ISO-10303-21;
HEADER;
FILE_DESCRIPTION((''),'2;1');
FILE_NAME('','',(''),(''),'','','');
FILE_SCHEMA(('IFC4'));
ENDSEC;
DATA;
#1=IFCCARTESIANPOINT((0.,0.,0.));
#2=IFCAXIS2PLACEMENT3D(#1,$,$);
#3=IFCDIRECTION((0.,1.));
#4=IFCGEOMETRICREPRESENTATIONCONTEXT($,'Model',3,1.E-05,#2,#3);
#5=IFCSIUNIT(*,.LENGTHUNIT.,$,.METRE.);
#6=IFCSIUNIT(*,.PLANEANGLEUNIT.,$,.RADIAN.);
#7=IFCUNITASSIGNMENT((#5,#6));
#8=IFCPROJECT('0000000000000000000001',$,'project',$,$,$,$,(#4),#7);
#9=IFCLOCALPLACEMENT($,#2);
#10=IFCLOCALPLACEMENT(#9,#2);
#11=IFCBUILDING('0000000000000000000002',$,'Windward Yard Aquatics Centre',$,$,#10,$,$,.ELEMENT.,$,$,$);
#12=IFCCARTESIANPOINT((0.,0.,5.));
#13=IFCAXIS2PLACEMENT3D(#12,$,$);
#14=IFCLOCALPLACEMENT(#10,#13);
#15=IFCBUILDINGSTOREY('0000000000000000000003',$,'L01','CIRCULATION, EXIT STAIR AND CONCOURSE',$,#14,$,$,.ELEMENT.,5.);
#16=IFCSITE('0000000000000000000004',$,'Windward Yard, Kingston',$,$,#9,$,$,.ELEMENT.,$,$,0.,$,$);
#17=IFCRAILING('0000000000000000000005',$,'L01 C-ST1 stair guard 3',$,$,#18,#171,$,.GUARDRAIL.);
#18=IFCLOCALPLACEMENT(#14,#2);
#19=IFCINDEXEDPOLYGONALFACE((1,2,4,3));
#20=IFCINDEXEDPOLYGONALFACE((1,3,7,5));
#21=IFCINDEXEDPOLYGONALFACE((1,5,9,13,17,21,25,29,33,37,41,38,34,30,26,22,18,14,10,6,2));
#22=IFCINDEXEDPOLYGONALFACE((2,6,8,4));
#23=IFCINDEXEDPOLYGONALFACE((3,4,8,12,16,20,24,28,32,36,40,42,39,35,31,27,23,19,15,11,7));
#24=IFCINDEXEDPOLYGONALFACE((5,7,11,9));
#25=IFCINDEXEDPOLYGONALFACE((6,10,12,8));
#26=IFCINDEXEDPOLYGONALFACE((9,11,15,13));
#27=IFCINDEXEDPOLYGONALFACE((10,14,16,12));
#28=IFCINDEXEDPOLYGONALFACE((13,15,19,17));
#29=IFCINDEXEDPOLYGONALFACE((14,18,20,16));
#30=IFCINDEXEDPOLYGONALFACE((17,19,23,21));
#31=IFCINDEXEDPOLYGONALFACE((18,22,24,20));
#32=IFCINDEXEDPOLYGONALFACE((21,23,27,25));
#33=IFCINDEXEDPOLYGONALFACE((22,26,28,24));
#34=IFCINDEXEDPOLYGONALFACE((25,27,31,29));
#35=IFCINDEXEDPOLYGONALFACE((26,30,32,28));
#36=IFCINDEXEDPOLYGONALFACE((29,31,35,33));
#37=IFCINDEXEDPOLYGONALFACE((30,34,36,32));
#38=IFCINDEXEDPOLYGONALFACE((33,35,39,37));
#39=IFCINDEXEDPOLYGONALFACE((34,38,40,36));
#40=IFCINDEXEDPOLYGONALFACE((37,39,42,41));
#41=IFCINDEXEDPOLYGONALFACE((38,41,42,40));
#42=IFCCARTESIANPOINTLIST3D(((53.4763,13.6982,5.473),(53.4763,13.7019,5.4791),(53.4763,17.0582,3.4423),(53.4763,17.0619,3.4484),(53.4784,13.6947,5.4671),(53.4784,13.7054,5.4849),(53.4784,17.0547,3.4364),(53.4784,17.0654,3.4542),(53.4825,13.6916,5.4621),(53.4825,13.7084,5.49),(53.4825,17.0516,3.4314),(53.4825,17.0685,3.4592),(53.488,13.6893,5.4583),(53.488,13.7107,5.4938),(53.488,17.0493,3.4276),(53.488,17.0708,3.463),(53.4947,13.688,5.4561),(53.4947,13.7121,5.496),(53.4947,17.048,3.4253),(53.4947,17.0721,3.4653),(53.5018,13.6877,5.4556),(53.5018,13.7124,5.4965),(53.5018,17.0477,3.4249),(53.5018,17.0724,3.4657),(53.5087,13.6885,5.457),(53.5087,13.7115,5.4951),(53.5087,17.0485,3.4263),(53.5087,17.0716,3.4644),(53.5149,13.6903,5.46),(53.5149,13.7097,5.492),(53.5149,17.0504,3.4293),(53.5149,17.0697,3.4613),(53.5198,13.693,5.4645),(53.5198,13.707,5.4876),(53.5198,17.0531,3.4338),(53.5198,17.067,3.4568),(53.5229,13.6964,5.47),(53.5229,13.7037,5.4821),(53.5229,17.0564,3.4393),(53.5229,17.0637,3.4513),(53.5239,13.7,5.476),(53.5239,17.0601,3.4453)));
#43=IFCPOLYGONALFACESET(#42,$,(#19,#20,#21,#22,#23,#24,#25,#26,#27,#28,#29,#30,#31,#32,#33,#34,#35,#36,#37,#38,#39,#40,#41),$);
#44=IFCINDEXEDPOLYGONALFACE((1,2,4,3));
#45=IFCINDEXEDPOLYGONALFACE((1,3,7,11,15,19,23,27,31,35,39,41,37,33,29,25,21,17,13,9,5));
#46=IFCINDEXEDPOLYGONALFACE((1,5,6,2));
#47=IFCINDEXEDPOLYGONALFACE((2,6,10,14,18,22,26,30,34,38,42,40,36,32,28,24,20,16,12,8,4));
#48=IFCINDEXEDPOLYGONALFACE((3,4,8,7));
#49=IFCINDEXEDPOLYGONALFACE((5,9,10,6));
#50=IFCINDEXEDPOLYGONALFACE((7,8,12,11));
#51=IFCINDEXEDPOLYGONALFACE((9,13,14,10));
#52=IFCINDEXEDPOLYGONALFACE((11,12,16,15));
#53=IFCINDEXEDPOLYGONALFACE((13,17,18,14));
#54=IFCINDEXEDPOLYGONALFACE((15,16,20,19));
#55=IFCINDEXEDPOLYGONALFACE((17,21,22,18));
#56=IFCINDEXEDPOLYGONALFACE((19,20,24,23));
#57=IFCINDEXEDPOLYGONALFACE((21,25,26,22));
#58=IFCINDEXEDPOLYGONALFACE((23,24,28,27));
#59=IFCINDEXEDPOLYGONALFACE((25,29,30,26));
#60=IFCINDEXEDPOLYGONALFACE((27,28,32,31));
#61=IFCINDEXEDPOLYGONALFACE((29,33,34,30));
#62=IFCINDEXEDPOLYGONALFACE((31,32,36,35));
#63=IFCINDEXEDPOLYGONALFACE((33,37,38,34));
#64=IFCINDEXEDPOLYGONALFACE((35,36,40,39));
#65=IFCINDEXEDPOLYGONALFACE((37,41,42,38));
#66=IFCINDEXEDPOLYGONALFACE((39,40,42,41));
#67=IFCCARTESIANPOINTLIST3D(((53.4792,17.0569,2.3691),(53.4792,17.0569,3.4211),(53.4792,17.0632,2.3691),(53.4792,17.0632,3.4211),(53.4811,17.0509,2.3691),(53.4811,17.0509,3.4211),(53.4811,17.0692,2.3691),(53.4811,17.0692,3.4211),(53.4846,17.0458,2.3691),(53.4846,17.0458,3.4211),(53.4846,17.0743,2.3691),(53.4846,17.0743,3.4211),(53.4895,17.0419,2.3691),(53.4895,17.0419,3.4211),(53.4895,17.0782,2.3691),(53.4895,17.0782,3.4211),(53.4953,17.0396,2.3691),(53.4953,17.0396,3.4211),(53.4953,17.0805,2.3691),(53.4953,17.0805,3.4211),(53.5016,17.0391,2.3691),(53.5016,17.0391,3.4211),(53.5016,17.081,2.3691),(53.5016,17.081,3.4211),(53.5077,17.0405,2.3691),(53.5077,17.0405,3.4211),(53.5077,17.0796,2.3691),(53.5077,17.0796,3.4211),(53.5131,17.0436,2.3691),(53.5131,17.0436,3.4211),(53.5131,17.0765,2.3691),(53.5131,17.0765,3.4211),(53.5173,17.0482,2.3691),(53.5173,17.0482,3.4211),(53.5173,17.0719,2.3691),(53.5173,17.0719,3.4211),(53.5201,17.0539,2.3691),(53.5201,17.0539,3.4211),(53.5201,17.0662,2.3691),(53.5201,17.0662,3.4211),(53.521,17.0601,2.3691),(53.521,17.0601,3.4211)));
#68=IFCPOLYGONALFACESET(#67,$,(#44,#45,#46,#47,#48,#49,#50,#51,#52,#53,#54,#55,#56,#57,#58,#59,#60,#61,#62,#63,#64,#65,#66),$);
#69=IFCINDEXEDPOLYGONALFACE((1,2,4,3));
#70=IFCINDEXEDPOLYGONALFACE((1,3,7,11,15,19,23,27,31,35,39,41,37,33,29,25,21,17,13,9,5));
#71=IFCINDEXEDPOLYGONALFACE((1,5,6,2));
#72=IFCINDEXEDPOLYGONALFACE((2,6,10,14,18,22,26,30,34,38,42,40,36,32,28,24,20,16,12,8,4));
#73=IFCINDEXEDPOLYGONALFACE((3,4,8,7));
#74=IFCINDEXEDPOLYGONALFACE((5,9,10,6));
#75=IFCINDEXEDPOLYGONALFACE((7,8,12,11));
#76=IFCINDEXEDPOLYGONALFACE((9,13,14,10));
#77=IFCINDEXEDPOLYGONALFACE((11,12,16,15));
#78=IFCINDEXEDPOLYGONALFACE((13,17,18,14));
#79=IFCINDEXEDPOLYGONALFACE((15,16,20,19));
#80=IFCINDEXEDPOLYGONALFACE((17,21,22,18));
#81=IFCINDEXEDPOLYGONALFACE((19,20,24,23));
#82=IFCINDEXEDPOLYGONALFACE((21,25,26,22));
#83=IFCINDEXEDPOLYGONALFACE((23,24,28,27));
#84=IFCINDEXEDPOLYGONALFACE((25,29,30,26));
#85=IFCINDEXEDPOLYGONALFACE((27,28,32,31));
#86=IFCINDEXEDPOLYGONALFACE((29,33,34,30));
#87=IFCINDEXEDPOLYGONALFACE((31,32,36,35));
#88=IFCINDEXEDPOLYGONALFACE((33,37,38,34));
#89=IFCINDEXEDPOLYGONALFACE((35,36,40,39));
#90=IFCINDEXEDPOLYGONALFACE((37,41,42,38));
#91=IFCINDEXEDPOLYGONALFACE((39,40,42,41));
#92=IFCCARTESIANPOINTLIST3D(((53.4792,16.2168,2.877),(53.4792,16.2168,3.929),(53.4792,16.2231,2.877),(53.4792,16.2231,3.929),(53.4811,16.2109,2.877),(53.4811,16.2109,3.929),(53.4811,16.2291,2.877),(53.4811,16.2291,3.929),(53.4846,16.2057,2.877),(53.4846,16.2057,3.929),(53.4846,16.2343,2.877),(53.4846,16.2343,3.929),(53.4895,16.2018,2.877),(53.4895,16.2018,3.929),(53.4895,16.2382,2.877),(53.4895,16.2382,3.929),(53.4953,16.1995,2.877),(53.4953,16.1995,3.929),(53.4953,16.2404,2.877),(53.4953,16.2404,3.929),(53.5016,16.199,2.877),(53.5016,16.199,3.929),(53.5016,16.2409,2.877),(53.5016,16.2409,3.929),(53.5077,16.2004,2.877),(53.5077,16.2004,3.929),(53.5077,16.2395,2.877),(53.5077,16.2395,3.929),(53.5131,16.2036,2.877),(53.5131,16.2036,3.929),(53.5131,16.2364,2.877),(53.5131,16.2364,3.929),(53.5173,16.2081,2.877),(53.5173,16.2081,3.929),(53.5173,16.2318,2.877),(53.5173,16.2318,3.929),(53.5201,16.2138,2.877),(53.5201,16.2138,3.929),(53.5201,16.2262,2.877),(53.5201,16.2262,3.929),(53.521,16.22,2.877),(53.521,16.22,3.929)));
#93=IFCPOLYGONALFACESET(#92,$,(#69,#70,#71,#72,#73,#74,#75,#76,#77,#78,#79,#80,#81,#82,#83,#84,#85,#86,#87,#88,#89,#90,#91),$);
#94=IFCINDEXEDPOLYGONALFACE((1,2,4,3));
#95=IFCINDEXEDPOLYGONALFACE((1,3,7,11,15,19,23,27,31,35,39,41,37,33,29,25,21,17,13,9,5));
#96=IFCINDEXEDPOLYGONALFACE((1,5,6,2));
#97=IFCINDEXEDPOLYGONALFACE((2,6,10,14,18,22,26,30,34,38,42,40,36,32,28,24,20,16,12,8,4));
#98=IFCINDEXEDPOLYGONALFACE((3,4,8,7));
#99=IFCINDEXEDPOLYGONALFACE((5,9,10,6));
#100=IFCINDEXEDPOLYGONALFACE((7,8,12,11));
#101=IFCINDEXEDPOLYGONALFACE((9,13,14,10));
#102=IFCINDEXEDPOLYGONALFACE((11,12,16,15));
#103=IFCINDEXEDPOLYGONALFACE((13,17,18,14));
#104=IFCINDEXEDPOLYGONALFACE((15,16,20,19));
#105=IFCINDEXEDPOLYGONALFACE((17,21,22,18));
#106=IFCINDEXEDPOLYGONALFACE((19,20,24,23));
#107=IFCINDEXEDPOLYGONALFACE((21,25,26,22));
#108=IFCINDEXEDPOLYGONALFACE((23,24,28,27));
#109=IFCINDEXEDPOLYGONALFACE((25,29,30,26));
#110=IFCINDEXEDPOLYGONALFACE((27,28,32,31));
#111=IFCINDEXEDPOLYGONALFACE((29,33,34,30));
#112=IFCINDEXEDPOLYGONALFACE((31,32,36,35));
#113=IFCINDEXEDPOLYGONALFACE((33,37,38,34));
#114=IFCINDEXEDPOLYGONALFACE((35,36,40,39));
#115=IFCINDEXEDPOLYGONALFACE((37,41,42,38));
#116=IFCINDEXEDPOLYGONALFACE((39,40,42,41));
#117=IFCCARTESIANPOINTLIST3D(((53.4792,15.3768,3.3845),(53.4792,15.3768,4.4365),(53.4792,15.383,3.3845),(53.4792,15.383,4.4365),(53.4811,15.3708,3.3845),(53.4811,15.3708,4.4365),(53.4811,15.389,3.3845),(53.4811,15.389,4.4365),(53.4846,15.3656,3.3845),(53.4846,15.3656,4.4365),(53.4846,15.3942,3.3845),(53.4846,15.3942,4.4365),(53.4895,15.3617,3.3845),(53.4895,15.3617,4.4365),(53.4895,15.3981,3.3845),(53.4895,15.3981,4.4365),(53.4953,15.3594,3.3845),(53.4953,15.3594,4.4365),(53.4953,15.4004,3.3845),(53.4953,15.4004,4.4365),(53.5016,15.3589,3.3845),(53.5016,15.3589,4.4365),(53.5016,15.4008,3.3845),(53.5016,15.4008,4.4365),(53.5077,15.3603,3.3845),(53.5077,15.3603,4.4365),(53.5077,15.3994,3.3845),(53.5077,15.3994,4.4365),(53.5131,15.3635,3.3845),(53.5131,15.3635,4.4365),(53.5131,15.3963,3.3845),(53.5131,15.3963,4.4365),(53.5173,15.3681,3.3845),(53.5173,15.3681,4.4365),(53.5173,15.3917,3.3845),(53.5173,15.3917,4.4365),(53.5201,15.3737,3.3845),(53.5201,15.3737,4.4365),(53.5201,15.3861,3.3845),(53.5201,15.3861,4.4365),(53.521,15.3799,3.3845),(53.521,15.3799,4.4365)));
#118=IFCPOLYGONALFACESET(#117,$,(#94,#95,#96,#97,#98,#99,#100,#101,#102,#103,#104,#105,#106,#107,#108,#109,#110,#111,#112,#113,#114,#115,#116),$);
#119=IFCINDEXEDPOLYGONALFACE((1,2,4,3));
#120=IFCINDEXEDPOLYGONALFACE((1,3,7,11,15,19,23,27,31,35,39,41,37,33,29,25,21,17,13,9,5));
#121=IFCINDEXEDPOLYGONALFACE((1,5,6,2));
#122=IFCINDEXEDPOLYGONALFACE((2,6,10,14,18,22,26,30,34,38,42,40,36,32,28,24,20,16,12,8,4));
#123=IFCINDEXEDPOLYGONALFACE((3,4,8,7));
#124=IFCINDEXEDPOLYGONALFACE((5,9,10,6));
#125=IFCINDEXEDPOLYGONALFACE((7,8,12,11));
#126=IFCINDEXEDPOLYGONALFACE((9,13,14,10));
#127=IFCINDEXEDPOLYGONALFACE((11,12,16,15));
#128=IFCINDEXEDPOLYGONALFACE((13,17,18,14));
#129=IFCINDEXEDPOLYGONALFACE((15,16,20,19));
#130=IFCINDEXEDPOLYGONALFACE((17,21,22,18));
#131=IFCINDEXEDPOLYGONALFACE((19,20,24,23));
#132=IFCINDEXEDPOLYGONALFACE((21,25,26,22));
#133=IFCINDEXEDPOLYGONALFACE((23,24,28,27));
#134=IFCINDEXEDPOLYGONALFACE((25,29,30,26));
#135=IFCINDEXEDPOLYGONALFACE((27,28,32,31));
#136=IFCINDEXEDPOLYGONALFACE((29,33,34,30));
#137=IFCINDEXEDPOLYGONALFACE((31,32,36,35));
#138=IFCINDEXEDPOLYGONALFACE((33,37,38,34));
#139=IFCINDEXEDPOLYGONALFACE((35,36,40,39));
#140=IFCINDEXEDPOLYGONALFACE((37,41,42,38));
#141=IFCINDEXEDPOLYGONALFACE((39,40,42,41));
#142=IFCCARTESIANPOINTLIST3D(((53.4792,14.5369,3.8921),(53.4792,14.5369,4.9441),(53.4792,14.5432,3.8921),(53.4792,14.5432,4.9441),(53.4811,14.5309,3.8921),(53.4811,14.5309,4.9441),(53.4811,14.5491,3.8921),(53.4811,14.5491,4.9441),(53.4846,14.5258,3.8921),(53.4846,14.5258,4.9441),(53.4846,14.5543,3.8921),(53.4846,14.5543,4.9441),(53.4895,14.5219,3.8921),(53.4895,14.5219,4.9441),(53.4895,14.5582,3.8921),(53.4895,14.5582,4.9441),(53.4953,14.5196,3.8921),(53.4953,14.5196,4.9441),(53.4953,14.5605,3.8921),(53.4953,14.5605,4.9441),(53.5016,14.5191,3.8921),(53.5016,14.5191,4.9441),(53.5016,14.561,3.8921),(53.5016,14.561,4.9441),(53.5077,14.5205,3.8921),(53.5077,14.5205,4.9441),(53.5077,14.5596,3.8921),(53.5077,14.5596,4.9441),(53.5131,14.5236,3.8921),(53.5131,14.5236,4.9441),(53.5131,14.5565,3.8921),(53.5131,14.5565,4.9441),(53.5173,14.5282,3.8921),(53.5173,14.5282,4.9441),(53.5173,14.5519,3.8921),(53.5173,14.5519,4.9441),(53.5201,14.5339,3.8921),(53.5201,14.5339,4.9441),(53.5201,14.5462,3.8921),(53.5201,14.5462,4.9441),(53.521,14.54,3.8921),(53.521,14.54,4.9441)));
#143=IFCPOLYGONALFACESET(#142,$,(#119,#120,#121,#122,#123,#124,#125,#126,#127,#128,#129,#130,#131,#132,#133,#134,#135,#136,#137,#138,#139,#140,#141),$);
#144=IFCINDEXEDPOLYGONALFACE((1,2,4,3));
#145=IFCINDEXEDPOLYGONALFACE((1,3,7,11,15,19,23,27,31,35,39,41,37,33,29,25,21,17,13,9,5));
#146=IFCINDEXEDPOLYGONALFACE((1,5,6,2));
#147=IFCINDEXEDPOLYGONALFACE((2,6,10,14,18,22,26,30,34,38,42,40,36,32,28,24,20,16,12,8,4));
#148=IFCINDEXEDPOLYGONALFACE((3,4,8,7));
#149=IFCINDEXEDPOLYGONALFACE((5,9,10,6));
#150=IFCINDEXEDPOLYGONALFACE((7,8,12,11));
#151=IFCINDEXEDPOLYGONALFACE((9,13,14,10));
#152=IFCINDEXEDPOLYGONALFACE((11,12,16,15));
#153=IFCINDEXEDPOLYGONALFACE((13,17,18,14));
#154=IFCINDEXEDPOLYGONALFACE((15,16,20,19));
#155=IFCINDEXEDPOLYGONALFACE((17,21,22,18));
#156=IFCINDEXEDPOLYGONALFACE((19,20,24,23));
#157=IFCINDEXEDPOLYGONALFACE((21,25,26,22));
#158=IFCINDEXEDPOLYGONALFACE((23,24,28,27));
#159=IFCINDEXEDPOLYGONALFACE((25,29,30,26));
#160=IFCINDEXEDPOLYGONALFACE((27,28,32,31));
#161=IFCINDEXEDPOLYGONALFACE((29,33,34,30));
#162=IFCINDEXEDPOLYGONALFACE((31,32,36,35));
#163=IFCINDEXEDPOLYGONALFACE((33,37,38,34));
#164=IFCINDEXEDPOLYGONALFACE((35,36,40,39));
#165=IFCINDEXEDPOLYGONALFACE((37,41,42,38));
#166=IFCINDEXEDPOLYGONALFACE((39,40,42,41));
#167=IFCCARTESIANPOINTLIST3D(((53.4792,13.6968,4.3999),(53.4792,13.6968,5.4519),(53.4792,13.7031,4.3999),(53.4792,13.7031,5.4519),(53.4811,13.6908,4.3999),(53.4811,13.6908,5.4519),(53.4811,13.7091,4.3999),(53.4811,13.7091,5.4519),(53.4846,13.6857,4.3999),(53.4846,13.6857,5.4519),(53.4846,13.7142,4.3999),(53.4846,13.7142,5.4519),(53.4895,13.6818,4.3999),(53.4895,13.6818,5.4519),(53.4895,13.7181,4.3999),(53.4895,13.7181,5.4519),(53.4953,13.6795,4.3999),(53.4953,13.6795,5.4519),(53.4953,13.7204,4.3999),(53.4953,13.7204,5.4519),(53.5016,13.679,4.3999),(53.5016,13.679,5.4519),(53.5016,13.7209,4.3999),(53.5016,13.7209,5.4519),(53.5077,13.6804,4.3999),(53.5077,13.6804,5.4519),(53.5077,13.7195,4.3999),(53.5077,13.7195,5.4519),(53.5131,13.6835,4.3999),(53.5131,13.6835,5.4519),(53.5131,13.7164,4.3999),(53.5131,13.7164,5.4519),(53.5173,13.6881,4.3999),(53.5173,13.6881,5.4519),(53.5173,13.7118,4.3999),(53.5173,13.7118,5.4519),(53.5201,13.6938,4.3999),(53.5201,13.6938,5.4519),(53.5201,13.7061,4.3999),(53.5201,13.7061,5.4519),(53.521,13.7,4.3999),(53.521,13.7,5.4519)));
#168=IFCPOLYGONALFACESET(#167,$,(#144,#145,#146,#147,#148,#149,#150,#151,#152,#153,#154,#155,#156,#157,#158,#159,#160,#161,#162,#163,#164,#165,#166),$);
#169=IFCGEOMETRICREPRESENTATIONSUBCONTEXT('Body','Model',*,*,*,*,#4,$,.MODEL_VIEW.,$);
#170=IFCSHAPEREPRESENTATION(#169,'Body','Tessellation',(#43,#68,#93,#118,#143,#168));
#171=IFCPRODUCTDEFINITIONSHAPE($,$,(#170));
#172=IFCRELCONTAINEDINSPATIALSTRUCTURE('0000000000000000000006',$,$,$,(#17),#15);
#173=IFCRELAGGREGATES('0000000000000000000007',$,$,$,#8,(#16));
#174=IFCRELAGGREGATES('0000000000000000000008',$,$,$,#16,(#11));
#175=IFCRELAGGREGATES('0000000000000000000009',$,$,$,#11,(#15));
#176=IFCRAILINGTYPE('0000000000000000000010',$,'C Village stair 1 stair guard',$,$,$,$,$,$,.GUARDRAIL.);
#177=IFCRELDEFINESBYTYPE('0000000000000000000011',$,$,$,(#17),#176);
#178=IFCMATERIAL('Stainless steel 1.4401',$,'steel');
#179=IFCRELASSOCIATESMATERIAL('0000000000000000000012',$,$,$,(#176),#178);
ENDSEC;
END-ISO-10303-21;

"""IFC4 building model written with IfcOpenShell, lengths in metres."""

from ifc_helpers import new_model, si_unit, direction, frame, origin, origin_2d, place, context, subcontext, project, spatial, circle, extrude, material, type_object, element, save


model = new_model("IFC4")

# Units and contexts
model_context = context("Model", 3, precision=1e-05, world=origin(), true_north=direction((0.0, 1.0)))
body_context = subcontext(model_context, "Body", "Model", "MODEL_VIEW")
ifc_project = project(units=[si_unit("LENGTHUNIT", "METRE"), si_unit("PLANEANGLEUNIT", "RADIAN")], contexts=[model_context])

# Site, building, storey
site_placement = place(None, origin())
site = spatial("IfcSite", under=ifc_project, at=site_placement, Name="Windward Yard, Kingston", CompositionType="ELEMENT", RefElevation=0.0)
building_placement = place(site_placement, origin())
building = spatial("IfcBuilding", under=site, at=building_placement, Name="Windward Yard Aquatics Centre", CompositionType="ELEMENT")
storey_placement = place(building_placement, frame((0.0, 0.0, 5.0)))
storey = spatial("IfcBuildingStorey", under=building, at=storey_placement, Name="L01", Description="CIRCULATION, EXIT STAIR AND CONCOURSE", CompositionType="ELEMENT", Elevation=5.0)

# Railing
ifc_material_1 = material(Name="Stainless steel 1.4401", Category="steel")
railing_type_1 = type_object("IfcRailingType", Name="C Village stair 1 stair guard", PredefinedType="GUARDRAIL", material=ifc_material_1)
railing_1_placement = place(storey_placement, frame((53.5, 17.0601, 2.3691)))
element("IfcRailing", 1, at=railing_1_placement, inside=storey, type_object=railing_type_1, Name="L01 C-ST1 stair guard 3", PredefinedType="GUARDRAIL", context=body_context, shape_type="SweptSolid", body=[
    extrude(circle(Radius=0.0239, at=origin_2d()), frame((0.0, 0.0, 1.0762), z_axis=(0.0, -0.855837, 0.517246), x_axis=(1.0, 0.0, 0.0)), (0.0, 0.0, 1.0), 3.926),
    extrude(circle(Radius=0.021, at=origin_2d()), origin(), (0.0, 0.0, 1.0), 1.052),
    extrude(circle(Radius=0.021, at=origin_2d()), frame((0.0, -0.8401, 0.5078)), (0.0, 0.0, 1.0), 1.052),
    extrude(circle(Radius=0.021, at=origin_2d()), frame((0.0, -1.6802, 1.0154)), (0.0, 0.0, 1.0), 1.052),
    extrude(circle(Radius=0.021, at=origin_2d()), frame((0.0, -2.52, 1.5229)), (0.0, 0.0, 1.0), 1.052),
    extrude(circle(Radius=0.021, at=origin_2d()), frame((0.0, -3.3601, 2.0308)), (0.0, 0.0, 1.0), 1.052),
])

save(model, "model.ifc")
